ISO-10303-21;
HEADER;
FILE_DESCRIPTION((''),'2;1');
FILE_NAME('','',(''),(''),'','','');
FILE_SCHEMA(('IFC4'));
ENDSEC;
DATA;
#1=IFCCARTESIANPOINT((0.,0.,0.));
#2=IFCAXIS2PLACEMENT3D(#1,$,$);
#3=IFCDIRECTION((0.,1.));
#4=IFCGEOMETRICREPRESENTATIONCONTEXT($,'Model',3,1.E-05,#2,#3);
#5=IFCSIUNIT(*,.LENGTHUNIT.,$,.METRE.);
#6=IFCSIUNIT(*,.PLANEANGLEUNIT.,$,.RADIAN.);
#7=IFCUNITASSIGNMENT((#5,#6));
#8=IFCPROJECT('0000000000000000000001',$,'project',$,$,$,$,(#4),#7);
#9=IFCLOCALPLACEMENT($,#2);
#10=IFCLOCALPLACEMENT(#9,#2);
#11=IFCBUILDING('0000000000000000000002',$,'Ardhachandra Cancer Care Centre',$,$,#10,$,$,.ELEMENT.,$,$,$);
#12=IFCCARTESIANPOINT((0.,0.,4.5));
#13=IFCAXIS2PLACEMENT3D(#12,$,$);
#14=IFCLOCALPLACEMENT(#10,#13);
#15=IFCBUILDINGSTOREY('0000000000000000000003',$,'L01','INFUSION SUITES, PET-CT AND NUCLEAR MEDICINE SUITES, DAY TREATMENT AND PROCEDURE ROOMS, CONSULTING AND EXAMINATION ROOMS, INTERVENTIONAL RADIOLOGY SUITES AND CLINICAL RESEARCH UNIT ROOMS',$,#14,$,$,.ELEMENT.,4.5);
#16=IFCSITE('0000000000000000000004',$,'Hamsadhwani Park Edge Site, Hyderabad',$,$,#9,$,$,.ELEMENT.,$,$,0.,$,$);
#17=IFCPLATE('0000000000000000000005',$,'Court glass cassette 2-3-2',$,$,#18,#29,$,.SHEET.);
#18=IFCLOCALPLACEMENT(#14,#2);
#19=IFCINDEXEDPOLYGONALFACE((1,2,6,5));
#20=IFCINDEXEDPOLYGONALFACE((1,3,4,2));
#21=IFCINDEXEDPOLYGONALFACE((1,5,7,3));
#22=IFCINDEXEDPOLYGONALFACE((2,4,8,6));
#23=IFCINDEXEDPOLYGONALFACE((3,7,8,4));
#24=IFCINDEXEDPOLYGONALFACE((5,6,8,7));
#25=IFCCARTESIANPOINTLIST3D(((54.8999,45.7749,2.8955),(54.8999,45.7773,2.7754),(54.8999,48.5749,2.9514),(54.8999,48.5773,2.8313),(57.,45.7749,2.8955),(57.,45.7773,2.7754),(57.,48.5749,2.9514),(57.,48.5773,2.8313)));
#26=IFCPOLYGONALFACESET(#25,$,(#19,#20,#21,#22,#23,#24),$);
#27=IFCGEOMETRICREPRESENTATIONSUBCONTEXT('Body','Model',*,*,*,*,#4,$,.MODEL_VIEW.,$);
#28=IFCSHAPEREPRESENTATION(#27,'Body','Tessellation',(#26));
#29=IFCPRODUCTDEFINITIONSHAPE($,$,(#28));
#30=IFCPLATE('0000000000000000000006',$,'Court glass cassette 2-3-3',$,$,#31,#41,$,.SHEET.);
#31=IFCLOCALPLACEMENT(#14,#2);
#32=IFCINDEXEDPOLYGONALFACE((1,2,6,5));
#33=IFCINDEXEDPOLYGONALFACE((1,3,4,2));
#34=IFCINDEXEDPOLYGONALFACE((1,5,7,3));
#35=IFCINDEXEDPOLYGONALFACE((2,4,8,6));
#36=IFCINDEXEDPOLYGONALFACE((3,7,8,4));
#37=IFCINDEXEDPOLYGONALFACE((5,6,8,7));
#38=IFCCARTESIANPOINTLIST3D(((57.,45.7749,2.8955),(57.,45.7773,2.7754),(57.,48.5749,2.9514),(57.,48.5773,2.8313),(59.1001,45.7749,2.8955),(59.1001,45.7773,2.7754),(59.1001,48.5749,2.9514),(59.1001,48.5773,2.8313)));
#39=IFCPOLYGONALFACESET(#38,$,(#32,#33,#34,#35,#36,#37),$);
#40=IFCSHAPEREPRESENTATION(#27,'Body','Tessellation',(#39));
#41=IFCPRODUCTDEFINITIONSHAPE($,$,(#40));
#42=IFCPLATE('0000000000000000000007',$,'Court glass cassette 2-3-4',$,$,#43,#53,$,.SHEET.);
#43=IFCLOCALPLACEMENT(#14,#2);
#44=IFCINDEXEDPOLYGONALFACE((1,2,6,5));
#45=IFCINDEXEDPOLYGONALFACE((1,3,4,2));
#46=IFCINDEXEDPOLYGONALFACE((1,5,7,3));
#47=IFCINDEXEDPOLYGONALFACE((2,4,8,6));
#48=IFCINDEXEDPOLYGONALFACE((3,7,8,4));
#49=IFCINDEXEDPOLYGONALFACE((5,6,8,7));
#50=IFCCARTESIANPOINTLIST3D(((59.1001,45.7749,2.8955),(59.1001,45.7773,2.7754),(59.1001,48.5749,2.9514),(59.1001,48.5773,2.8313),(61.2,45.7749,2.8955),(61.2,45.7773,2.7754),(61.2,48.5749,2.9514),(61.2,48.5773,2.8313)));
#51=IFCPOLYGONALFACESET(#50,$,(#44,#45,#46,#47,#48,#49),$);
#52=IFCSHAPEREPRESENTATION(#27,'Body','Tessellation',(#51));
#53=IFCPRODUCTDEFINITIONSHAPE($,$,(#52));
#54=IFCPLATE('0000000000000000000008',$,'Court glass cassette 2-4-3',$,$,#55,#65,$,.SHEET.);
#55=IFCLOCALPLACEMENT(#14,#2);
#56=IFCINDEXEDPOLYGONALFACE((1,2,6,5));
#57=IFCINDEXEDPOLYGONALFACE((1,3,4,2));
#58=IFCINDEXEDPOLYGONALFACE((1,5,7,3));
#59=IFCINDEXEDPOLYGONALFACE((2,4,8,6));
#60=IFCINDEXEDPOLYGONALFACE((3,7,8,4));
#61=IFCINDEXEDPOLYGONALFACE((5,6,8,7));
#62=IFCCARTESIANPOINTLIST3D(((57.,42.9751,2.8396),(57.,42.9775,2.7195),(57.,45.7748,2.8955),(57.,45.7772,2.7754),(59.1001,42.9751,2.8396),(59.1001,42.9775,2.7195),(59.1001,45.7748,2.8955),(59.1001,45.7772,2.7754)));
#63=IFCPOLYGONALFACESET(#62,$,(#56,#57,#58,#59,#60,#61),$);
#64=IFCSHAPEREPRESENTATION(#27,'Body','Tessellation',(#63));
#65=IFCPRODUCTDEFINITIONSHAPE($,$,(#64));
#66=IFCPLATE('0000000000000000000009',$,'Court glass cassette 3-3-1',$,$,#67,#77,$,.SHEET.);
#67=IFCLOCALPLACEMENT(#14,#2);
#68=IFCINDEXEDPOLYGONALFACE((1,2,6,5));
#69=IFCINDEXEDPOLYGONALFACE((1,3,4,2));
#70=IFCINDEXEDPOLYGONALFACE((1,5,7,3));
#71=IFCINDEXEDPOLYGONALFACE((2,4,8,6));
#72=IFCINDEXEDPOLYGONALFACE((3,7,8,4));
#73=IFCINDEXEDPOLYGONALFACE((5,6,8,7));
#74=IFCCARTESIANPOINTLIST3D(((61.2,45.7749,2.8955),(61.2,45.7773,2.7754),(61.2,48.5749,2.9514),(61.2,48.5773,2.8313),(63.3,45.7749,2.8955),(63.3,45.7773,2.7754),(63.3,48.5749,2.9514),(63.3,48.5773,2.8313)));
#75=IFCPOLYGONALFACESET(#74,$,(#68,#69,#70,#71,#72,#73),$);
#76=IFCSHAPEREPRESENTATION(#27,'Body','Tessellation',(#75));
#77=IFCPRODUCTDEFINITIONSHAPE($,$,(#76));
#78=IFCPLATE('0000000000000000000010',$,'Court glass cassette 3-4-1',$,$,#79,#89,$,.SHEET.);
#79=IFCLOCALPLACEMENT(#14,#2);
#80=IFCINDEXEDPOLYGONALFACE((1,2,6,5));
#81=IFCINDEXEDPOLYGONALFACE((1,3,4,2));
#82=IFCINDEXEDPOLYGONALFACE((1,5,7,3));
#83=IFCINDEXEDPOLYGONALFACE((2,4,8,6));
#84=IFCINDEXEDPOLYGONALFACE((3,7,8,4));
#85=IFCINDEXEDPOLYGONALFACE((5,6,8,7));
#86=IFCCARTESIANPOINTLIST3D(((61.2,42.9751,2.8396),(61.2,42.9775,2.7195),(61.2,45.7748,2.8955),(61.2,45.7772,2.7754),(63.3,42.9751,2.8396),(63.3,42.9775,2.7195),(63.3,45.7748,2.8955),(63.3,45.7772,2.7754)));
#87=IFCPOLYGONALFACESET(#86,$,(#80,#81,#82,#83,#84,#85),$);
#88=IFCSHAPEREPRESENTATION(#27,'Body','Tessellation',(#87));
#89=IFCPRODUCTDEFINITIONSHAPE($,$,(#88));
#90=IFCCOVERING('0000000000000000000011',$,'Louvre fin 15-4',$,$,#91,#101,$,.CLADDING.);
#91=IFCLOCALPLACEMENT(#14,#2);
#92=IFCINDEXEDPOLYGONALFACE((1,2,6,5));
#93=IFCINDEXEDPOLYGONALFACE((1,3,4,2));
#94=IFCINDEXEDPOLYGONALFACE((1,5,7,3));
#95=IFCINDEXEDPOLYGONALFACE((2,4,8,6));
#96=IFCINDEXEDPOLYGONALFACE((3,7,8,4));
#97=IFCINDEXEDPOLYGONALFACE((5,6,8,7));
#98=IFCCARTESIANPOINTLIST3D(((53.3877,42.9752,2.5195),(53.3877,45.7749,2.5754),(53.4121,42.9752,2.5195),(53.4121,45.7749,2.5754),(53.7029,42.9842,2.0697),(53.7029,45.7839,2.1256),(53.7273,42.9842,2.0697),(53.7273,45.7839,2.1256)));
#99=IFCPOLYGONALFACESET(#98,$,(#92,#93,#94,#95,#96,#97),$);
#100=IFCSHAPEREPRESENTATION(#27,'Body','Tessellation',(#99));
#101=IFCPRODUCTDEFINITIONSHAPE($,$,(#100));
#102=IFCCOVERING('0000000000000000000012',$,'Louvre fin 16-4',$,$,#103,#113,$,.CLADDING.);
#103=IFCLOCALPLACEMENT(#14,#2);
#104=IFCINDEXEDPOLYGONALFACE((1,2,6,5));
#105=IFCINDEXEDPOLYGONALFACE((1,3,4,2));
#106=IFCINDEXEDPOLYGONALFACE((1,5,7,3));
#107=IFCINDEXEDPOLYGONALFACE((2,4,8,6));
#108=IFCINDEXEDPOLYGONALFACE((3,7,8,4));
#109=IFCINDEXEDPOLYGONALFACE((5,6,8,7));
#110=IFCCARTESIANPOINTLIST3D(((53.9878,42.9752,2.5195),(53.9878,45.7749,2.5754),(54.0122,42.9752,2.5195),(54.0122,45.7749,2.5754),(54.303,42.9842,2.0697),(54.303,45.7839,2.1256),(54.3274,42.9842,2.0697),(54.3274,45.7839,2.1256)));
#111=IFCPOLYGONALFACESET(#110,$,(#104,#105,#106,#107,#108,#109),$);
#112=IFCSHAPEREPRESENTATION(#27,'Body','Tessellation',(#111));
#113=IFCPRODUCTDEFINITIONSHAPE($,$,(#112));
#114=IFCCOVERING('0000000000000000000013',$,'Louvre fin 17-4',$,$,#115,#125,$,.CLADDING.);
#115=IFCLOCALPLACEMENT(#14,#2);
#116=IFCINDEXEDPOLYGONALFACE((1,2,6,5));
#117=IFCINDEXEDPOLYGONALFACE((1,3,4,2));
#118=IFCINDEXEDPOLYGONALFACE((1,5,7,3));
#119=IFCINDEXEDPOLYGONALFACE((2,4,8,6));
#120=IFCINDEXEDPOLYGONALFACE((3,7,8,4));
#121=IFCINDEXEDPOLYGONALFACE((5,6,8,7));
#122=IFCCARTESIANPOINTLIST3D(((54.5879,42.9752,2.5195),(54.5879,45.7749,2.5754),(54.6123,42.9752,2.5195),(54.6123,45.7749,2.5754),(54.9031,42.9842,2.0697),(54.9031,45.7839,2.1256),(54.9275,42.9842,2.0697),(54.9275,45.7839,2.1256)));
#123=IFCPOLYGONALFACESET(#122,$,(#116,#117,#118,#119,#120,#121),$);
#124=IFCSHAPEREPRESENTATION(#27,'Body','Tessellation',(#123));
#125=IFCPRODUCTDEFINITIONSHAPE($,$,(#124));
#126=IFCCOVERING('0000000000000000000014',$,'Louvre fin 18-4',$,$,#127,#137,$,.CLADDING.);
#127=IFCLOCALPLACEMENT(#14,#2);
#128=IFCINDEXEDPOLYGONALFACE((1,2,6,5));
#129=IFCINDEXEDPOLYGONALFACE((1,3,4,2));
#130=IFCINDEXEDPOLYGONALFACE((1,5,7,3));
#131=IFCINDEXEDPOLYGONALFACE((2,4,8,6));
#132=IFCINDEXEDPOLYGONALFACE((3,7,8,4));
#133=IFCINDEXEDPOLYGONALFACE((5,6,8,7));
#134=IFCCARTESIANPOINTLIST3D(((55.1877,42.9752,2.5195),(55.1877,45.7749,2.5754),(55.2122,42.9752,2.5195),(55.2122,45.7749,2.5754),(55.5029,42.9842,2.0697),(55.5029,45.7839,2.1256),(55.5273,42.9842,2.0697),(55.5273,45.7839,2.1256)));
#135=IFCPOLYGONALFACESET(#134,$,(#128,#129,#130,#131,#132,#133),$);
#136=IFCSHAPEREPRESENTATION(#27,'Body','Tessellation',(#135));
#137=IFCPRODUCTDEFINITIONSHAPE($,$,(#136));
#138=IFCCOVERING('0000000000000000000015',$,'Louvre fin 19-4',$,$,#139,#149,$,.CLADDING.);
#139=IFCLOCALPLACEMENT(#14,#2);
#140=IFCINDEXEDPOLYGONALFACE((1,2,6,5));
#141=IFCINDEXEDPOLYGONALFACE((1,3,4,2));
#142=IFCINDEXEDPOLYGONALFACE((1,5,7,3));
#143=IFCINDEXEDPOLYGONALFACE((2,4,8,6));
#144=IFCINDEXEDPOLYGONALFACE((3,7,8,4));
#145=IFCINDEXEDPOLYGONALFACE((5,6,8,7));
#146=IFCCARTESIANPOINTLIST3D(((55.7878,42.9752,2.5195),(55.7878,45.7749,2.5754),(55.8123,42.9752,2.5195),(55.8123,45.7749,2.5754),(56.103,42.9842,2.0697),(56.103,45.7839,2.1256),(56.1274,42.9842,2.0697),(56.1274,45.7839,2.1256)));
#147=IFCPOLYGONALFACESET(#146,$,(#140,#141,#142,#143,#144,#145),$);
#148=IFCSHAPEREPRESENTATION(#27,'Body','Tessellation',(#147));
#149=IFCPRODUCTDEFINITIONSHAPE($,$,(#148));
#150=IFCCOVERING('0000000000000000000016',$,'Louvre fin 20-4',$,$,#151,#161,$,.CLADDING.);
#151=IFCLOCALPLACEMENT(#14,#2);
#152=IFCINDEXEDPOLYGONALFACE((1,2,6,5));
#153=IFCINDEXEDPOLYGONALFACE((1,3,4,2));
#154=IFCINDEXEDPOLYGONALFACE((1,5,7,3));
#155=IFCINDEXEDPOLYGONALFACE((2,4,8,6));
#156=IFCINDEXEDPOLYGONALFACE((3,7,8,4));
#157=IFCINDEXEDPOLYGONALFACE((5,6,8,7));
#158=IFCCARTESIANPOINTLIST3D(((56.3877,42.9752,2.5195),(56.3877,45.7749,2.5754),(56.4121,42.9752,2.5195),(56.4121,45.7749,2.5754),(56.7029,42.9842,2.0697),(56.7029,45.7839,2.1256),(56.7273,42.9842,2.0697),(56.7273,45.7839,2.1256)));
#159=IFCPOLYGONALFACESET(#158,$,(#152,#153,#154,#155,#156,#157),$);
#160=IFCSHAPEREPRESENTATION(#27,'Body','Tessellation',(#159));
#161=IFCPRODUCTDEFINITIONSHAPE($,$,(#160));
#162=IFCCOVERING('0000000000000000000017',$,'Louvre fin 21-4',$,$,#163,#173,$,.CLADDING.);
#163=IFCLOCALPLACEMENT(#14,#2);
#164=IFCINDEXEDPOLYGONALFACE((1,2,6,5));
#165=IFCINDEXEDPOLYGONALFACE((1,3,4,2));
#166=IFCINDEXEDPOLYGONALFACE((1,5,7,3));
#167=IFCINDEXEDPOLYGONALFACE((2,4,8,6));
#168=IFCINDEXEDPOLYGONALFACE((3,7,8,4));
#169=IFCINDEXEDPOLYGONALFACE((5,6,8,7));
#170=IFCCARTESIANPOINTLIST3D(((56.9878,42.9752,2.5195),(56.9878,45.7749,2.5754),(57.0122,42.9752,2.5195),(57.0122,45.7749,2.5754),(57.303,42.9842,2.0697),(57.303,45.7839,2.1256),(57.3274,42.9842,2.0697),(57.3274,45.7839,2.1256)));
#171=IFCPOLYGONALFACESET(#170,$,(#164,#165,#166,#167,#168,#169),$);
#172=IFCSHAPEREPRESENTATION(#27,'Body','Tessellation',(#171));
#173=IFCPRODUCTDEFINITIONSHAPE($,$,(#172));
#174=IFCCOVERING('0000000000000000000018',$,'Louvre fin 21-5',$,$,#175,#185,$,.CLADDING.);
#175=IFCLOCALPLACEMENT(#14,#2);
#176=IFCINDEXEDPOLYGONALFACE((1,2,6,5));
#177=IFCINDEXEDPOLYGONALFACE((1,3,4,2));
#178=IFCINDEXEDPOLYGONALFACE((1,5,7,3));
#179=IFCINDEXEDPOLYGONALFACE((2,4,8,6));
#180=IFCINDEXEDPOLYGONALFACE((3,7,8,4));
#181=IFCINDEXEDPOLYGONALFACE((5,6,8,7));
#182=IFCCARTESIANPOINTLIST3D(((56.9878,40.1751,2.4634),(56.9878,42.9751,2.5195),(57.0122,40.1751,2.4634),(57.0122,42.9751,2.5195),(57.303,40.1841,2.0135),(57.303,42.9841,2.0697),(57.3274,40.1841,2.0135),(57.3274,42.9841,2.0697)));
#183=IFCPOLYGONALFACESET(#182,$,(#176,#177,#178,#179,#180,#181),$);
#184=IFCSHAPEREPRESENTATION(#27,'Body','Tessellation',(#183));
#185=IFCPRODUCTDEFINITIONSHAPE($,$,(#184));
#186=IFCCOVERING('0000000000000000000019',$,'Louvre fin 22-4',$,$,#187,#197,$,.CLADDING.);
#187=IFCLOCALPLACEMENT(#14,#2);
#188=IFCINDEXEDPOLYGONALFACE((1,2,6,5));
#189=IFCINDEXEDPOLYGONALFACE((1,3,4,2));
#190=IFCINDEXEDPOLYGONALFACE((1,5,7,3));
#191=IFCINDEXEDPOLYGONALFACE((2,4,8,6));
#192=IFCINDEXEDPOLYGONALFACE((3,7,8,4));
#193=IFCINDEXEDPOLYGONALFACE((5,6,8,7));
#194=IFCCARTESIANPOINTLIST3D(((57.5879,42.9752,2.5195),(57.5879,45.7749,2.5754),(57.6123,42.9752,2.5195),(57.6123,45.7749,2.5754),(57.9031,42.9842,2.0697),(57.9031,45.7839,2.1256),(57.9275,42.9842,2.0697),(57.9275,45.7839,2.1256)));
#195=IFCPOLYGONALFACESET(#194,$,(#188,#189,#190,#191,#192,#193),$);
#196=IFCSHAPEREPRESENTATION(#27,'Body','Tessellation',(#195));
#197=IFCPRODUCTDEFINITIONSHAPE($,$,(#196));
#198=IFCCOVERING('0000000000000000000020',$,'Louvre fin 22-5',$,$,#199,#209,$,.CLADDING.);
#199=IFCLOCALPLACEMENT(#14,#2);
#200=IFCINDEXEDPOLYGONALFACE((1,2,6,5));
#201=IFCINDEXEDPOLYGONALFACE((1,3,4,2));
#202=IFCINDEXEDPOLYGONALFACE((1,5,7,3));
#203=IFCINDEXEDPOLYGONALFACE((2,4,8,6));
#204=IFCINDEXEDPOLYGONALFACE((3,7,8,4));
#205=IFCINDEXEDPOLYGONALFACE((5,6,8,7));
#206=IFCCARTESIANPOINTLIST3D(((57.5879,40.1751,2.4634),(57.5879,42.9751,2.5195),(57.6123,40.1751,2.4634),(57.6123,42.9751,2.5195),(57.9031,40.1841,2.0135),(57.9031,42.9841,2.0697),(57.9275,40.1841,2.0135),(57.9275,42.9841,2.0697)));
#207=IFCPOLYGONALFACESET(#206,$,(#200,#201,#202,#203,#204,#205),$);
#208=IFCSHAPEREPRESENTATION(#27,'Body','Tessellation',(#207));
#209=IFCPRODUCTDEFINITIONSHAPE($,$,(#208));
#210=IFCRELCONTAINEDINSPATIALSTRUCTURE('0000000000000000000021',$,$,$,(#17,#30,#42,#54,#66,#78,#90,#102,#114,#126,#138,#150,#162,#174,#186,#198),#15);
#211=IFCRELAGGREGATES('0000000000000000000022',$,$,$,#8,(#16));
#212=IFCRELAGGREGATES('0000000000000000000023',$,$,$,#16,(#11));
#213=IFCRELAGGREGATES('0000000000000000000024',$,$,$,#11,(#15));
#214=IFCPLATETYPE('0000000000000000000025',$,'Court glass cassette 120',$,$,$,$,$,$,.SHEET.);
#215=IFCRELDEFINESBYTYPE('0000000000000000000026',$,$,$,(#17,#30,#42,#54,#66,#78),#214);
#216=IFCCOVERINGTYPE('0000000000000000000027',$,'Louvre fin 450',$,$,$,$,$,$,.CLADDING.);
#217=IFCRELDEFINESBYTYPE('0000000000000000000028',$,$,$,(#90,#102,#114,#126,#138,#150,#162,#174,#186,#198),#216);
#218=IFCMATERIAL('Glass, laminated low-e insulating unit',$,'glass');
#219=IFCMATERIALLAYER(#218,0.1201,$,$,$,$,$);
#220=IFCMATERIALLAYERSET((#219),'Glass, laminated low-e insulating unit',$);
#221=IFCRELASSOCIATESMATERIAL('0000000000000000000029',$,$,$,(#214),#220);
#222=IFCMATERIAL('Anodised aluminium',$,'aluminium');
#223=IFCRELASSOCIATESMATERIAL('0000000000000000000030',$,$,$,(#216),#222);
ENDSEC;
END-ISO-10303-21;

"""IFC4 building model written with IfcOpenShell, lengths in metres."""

from ifc_helpers import new_model, si_unit, direction, frame, origin, place, context, subcontext, project, spatial, polyline, outline, extrude, material, layer, layer_set, material_profile, profile_set, type_object, element, save


model = new_model("IFC4")

# Units and contexts
model_context = context("Model", 3, precision=1e-05, world=origin(), true_north=direction((0.0, 1.0)))
body_context = subcontext(model_context, "Body", "Model", "MODEL_VIEW")
ifc_project = project(units=[si_unit("LENGTHUNIT", "METRE"), si_unit("PLANEANGLEUNIT", "RADIAN")], contexts=[model_context])

# Site, building, storey
site_placement = place(None, origin())
site = spatial("IfcSite", under=ifc_project, at=site_placement, Name="Hamsadhwani Park Edge Site, Hyderabad", CompositionType="ELEMENT", RefElevation=0.0)
building_placement = place(site_placement, origin())
building = spatial("IfcBuilding", under=site, at=building_placement, Name="Ardhachandra Cancer Care Centre", CompositionType="ELEMENT")
storey_placement = place(building_placement, frame((0.0, 0.0, 4.5)))
storey = spatial("IfcBuildingStorey", under=building, at=storey_placement, Name="L01", Description="INFUSION SUITES, PET-CT AND NUCLEAR MEDICINE SUITES, DAY TREATMENT AND PROCEDURE ROOMS, CONSULTING AND EXAMINATION ROOMS, INTERVENTIONAL RADIOLOGY SUITES AND CLINICAL RESEARCH UNIT ROOMS", CompositionType="ELEMENT", Elevation=4.5)

# Plates
ifc_material_1 = material(Name="Glass, laminated low-e insulating unit", Category="glass")
ifc_layer = layer(ifc_material_1, 0.1201)
ifc_layer_set = layer_set([ifc_layer], Name="Glass, laminated low-e insulating unit")
plate_type = type_object("IfcPlateType", Name="Court glass cassette 120", PredefinedType="SHEET", material=ifc_layer_set)
for number, where, z_axis, x_axis, name in (
    (1, (54.8999, 45.7749, 2.8955), (0.0, -0.019963, 0.999801), (0.0, 0.999801, 0.019963), "Court glass cassette 2-3-2"),
    (2, (57.0, 45.7749, 2.8955), (0.0, -0.019963, 0.999801), (0.0, 0.999801, 0.019963), "Court glass cassette 2-3-3"),
):
    element("IfcPlate", number, at=place(storey_placement, frame(where, z_axis=z_axis, x_axis=x_axis)), inside=storey, type_object=plate_type, Name=name, PredefinedType="SHEET", context=body_context, shape_type="SweptSolid", body=[
        extrude(outline(polyline([(0.0, -2.1001), (2.8005, -2.1001), (2.8005, 0.0), (0.0, 0.0), (0.0, -2.1001)])), frame((0.0, 0.0, -0.1201)), (0.0, 0.0, 1.0), 0.1201),
    ])
plate_1_placement = place(storey_placement, frame((59.1001, 45.7749, 2.8955), z_axis=(0.0, -0.019963, 0.999801), x_axis=(0.0, 0.999801, 0.019963)))
element("IfcPlate", 3, at=plate_1_placement, inside=storey, type_object=plate_type, Name="Court glass cassette 2-3-4", PredefinedType="SHEET", context=body_context, shape_type="SweptSolid", body=[
    extrude(outline(polyline([(0.0, -2.0999), (2.8005, -2.0999), (2.8005, 0.0), (0.0, 0.0), (0.0, -2.0999)])), frame((0.0, 0.0, -0.1201)), (0.0, 0.0, 1.0), 0.1201),
])
plate_2_placement = place(storey_placement, frame((57.0, 42.9751, 2.8396), z_axis=(0.0, -0.019965, 0.999801), x_axis=(0.0, 0.999801, 0.019965)))
element("IfcPlate", 4, at=plate_2_placement, inside=storey, type_object=plate_type, Name="Court glass cassette 2-4-3", PredefinedType="SHEET", context=body_context, shape_type="SweptSolid", body=[
    extrude(outline(polyline([(0.0, -2.1001), (2.8003, -2.1001), (2.8003, 0.0), (0.0, 0.0), (0.0, -2.1001)])), frame((0.0, 0.0, -0.1201)), (0.0, 0.0, 1.0), 0.1201),
])
plate_3_placement = place(storey_placement, frame((61.2, 45.7749, 2.8955), z_axis=(0.0, -0.019963, 0.999801), x_axis=(0.0, 0.999801, 0.019963)))
element("IfcPlate", 5, at=plate_3_placement, inside=storey, type_object=plate_type, Name="Court glass cassette 3-3-1", PredefinedType="SHEET", context=body_context, shape_type="SweptSolid", body=[
    extrude(outline(polyline([(0.0, -2.1001), (2.8005, -2.1001), (2.8005, 0.0), (0.0, 0.0), (0.0, -2.1001)])), frame((0.0, 0.0, -0.1201)), (0.0, 0.0, 1.0), 0.1201),
])
plate_4_placement = place(storey_placement, frame((61.2, 42.9751, 2.8396), z_axis=(0.0, -0.019965, 0.999801), x_axis=(0.0, 0.999801, 0.019965)))
element("IfcPlate", 6, at=plate_4_placement, inside=storey, type_object=plate_type, Name="Court glass cassette 3-4-1", PredefinedType="SHEET", context=body_context, shape_type="SweptSolid", body=[
    extrude(outline(polyline([(0.0, -2.1001), (2.8003, -2.1001), (2.8003, 0.0), (0.0, 0.0), (0.0, -2.1001)])), frame((0.0, 0.0, -0.1201)), (0.0, 0.0, 1.0), 0.1201),
])

# Coverings
ifc_material_2 = material(Name="Anodised aluminium", Category="aluminium")
ifc_material_profile_1 = material_profile(ifc_material_2, outline(polyline([(-0.0122, 0.0), (0.0122, 0.0), (0.3274, -0.45), (0.303, -0.45), (-0.0122, 0.0)])), Name="Louvre fin 450")
ifc_profile_set_1 = profile_set([ifc_material_profile_1], Name="Anodised aluminium")
covering_type = type_object("IfcCoveringType", Name="Louvre fin 450", PredefinedType="CLADDING", material=ifc_profile_set_1)
for number, where, z_axis, x_axis, name in (
    (7, (53.3999, 45.7749, 2.5754), (0.0, -0.999801, -0.019965), (1.0, 0.0, 0.0), "Louvre fin 15-4"),
    (8, (54.0, 45.7749, 2.5754), (0.0, -0.999801, -0.019965), (1.0, 0.0, 0.0), "Louvre fin 16-4"),
    (9, (54.6001, 45.7749, 2.5754), (0.0, -0.999801, -0.019965), (1.0, 0.0, 0.0), "Louvre fin 17-4"),
    (10, (55.2, 45.7749, 2.5754), (0.0, -0.999801, -0.019965), (1.0, 0.0, 0.0), "Louvre fin 18-4"),
    (11, (55.8, 45.7749, 2.5754), (0.0, -0.999801, -0.019965), (1.0, 0.0, 0.0), "Louvre fin 19-4"),
    (12, (56.3999, 45.7749, 2.5754), (0.0, -0.999801, -0.019965), (1.0, 0.0, 0.0), "Louvre fin 20-4"),
    (13, (57.0, 45.7749, 2.5754), (0.0, -0.999801, -0.019965), (1.0, 0.0, 0.0), "Louvre fin 21-4"),
):
    element("IfcCovering", number, at=place(storey_placement, frame(where, z_axis=z_axis, x_axis=x_axis)), inside=storey, type_object=covering_type, Name=name, PredefinedType="CLADDING", context=body_context, shape_type="SweptSolid", body=[
        extrude(outline(polyline([(-0.0122, 0.0), (0.0122, 0.0), (0.3274, -0.45), (0.303, -0.45), (-0.0122, 0.0)])), origin(), (0.0, 0.0, 1.0), 2.8003),
    ])
covering_1_placement = place(storey_placement, frame((57.0, 42.9751, 2.5195), z_axis=(0.0, -0.999799, -0.02005), x_axis=(1.0, 0.0, 0.0)))
element("IfcCovering", 14, at=covering_1_placement, inside=storey, type_object=covering_type, Name="Louvre fin 21-5", PredefinedType="CLADDING", context=body_context, shape_type="SweptSolid", body=[
    extrude(outline(polyline([(-0.0122, 0.0), (0.0122, 0.0), (0.3274, -0.45), (0.303, -0.45), (-0.0122, 0.0)])), origin(), (0.0, 0.0, 1.0), 2.8005),
])
covering_2_placement = place(storey_placement, frame((57.6001, 45.7749, 2.5754), z_axis=(0.0, -0.999801, -0.019965), x_axis=(1.0, 0.0, 0.0)))
element("IfcCovering", 15, at=covering_2_placement, inside=storey, type_object=covering_type, Name="Louvre fin 22-4", PredefinedType="CLADDING", context=body_context, shape_type="SweptSolid", body=[
    extrude(outline(polyline([(-0.0122, 0.0), (0.0122, 0.0), (0.3274, -0.45), (0.303, -0.45), (-0.0122, 0.0)])), origin(), (0.0, 0.0, 1.0), 2.8003),
])
covering_3_placement = place(storey_placement, frame((57.6001, 42.9751, 2.5195), z_axis=(0.0, -0.999799, -0.02005), x_axis=(1.0, 0.0, 0.0)))
element("IfcCovering", 16, at=covering_3_placement, inside=storey, type_object=covering_type, Name="Louvre fin 22-5", PredefinedType="CLADDING", context=body_context, shape_type="SweptSolid", body=[
    extrude(outline(polyline([(-0.0122, 0.0), (0.0122, 0.0), (0.3274, -0.45), (0.303, -0.45), (-0.0122, 0.0)])), origin(), (0.0, 0.0, 1.0), 2.8005),
])

save(model, "model.ifc")
